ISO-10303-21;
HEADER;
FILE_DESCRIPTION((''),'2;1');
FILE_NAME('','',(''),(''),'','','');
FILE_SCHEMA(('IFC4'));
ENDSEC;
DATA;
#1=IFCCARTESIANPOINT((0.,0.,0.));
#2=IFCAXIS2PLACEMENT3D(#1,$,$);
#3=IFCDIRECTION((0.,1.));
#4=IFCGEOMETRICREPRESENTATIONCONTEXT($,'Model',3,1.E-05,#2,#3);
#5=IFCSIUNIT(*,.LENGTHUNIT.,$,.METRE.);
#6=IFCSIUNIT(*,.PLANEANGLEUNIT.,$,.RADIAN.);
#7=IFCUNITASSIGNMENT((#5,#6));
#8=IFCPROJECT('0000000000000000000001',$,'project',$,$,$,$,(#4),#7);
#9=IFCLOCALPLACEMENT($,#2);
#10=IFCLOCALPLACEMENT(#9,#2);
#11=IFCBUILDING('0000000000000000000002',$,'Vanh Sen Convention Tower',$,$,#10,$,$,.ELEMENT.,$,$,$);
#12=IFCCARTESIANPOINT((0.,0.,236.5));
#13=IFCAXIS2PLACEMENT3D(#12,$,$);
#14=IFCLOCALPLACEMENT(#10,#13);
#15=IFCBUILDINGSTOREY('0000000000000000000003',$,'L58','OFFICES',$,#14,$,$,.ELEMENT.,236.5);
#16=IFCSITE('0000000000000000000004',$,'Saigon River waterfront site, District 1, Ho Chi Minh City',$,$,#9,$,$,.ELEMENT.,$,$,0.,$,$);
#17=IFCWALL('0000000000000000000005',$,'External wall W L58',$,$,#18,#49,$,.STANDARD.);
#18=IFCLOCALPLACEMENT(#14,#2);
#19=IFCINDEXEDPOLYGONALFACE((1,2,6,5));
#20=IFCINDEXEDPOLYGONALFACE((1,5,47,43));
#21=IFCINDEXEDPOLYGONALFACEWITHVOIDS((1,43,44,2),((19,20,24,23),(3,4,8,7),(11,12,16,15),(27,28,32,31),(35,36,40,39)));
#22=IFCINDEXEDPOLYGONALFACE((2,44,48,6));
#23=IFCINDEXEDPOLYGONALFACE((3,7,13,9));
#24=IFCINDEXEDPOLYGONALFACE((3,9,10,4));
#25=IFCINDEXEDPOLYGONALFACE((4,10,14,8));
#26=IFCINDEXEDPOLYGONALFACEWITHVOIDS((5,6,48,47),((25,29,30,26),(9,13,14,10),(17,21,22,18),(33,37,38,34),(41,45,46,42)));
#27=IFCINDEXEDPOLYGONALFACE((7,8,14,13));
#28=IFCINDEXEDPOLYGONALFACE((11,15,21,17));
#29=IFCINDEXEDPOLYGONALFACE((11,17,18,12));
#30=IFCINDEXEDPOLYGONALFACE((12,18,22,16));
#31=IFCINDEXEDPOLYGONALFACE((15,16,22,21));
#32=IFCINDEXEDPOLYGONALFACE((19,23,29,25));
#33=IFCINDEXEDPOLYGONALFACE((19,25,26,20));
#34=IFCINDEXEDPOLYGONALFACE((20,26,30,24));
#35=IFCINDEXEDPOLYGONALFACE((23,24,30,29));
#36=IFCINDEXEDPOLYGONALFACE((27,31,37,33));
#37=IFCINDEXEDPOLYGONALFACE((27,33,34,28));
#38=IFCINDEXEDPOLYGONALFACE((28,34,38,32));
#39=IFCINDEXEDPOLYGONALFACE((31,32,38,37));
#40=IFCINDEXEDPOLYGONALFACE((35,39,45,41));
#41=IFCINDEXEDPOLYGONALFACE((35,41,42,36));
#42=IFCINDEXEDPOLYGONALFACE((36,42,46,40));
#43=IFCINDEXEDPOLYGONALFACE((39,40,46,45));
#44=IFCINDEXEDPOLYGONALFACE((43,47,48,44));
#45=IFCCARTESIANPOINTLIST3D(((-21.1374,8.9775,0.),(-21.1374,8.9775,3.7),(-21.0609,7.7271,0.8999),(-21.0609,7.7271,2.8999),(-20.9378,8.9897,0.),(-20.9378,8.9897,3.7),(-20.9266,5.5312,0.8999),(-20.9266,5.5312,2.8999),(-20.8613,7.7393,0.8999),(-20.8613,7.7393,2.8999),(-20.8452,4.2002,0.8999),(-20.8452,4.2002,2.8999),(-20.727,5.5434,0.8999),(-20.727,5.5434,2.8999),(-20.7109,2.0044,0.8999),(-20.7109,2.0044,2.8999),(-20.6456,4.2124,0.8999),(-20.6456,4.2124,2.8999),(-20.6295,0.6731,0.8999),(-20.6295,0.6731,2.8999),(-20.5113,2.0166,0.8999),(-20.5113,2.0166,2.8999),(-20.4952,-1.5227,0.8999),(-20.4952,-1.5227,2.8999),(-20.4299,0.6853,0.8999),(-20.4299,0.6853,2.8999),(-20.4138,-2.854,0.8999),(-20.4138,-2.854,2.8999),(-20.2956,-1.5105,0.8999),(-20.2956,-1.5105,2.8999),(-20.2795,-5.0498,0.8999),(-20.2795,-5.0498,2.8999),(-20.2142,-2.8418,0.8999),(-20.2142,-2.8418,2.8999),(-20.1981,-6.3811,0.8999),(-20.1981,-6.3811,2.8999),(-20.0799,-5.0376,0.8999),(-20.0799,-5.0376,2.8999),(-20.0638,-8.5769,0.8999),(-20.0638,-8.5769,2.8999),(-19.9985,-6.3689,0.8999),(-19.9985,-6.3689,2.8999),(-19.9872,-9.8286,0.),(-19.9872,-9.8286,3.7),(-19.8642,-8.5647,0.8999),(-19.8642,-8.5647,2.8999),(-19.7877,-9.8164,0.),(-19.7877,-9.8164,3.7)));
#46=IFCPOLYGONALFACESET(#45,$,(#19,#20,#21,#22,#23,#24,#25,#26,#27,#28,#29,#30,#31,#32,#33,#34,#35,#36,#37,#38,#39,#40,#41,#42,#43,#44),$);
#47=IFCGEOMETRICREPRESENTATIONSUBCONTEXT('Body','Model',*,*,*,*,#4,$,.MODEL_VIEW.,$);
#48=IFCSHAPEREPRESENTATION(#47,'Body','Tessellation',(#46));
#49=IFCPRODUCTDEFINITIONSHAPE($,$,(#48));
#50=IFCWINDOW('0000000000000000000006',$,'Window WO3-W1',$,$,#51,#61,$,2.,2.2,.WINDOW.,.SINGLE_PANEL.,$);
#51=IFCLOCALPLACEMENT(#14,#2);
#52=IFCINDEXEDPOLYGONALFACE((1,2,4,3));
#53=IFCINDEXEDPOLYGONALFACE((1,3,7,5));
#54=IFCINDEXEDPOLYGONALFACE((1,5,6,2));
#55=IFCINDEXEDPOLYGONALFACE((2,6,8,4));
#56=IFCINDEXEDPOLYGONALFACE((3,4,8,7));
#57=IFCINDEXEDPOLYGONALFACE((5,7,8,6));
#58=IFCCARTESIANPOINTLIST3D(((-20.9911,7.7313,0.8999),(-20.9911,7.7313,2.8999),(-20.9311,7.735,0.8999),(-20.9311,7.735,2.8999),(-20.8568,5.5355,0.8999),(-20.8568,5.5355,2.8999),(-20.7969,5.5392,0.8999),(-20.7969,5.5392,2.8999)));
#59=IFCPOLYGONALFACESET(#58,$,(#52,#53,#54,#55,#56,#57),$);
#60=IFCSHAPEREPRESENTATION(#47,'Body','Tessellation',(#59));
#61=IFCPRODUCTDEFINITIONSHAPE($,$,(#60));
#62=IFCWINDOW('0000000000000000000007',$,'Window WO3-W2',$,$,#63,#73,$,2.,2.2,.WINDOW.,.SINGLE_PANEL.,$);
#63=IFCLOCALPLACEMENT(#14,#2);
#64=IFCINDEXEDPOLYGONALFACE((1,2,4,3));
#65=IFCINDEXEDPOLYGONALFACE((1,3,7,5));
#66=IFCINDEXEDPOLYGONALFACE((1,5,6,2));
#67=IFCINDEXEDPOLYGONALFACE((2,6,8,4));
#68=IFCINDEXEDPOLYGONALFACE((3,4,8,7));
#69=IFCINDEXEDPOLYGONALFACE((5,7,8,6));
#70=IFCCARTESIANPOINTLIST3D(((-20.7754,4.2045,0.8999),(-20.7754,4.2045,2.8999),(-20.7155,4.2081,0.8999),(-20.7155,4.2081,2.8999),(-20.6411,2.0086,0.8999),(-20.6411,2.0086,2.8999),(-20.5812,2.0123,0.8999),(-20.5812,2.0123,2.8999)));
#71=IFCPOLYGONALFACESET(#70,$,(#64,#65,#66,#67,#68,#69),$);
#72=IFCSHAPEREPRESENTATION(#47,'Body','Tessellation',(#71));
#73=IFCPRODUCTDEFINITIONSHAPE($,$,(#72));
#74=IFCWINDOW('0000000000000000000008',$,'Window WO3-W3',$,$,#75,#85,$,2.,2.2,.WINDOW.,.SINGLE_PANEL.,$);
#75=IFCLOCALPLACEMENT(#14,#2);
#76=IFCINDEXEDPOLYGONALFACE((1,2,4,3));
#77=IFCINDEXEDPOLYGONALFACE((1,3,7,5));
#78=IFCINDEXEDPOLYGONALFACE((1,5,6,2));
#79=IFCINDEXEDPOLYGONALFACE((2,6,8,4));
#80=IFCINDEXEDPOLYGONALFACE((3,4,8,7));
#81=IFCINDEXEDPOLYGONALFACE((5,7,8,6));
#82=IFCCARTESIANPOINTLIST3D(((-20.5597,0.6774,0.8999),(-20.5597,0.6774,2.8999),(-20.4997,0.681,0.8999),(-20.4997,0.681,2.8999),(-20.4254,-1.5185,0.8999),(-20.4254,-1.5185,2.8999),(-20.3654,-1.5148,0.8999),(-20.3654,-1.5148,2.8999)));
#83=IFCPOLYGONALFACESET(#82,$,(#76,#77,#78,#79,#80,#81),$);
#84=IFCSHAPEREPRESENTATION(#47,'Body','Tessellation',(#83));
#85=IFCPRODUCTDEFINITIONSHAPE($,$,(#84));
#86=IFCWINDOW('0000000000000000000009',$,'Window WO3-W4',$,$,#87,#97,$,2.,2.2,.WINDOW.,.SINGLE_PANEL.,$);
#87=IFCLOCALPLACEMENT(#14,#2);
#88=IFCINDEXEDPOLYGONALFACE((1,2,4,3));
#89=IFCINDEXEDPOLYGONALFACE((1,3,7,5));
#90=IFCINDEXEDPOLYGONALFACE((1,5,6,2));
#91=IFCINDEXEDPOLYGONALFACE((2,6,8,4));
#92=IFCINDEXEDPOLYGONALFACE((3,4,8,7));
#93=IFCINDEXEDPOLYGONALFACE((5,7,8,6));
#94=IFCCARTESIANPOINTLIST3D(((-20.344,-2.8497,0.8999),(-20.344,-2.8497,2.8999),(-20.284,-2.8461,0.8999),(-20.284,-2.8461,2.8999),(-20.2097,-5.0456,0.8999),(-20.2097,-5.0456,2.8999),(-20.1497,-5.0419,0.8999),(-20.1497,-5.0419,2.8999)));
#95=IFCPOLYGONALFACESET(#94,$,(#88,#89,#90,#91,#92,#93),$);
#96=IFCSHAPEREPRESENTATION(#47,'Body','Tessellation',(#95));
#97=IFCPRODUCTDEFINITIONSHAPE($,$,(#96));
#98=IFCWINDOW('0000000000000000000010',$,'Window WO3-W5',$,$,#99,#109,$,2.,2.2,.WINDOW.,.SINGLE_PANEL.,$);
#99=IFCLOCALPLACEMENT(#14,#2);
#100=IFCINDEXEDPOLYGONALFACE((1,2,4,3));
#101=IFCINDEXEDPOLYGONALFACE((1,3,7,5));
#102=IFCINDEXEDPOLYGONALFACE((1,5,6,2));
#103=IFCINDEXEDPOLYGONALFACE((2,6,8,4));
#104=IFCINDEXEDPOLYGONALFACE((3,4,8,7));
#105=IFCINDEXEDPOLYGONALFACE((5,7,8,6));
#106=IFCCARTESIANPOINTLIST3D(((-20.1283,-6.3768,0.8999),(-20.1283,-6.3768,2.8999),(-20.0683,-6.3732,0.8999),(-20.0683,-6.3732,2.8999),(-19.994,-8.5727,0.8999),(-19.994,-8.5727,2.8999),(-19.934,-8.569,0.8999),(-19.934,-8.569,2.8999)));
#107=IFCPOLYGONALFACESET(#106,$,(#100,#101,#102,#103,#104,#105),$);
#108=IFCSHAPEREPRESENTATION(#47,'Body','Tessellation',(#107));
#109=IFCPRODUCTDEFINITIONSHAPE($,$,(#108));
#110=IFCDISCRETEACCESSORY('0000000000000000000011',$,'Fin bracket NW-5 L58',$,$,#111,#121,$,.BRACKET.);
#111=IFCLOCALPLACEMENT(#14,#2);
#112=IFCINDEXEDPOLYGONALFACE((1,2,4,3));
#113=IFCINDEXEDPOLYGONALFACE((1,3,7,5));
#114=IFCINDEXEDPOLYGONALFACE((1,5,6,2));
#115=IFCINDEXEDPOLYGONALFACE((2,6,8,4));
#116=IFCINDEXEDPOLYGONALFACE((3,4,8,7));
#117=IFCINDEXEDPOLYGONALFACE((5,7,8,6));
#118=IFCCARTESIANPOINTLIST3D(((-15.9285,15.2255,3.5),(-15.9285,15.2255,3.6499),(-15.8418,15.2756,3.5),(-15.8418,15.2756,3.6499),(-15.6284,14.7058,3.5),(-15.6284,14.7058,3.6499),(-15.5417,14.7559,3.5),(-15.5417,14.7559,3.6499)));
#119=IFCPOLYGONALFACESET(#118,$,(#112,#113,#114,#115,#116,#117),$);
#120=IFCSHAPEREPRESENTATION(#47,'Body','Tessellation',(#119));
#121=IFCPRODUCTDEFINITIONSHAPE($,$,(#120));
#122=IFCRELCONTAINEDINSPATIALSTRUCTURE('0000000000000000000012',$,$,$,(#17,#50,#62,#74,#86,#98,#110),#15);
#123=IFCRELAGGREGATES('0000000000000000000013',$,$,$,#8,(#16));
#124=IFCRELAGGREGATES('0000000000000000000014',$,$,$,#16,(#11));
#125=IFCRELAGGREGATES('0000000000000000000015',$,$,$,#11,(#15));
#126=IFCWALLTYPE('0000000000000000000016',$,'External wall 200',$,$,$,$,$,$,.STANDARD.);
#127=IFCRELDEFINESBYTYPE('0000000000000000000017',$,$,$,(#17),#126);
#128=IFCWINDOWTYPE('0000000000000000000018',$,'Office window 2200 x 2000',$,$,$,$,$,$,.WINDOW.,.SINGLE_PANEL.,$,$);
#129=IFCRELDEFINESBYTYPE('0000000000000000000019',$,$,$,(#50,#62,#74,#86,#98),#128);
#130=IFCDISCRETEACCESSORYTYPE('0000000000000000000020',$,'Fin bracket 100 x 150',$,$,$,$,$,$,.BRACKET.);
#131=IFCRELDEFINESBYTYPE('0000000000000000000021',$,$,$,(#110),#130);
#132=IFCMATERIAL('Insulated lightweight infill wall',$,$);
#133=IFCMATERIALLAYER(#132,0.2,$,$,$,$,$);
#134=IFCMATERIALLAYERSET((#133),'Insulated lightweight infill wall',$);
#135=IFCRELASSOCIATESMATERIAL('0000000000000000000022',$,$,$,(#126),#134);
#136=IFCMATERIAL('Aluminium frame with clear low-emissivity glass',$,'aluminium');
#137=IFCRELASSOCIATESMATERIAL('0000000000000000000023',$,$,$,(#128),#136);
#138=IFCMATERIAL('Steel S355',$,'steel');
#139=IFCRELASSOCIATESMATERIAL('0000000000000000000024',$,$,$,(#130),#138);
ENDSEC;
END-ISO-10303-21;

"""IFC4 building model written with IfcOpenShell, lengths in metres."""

from ifc_helpers import new_model, si_unit, direction, frame, frame_2d, origin, origin_2d, place, context, subcontext, project, spatial, rectangle, extrude, material, layer, layer_set, type_object, element, fill, save


model = new_model("IFC4")

# Units and contexts
model_context = context("Model", 3, precision=1e-05, world=origin(), true_north=direction((0.0, 1.0)))
body_context = subcontext(model_context, "Body", "Model", "MODEL_VIEW")
ifc_project = project(units=[si_unit("LENGTHUNIT", "METRE"), si_unit("PLANEANGLEUNIT", "RADIAN")], contexts=[model_context])

# Site, building, storey
site_placement = place(None, origin())
site = spatial("IfcSite", under=ifc_project, at=site_placement, Name="Saigon River waterfront site, District 1, Ho Chi Minh City", CompositionType="ELEMENT", RefElevation=0.0)
building_placement = place(site_placement, origin())
building = spatial("IfcBuilding", under=site, at=building_placement, Name="Vanh Sen Convention Tower", CompositionType="ELEMENT")
storey_placement = place(building_placement, frame((0.0, 0.0, 236.5)))
storey = spatial("IfcBuildingStorey", under=building, at=storey_placement, Name="L58", Description="OFFICES", CompositionType="ELEMENT", Elevation=236.5)

# Shared definitions
ifc_material_1 = material(Name="Insulated lightweight infill wall")
ifc_layer_1 = layer(ifc_material_1, 0.2)
ifc_layer_set_1 = layer_set([ifc_layer_1], Name="Insulated lightweight infill wall")
wall_type_1 = type_object("IfcWallType", Name="External wall 200", PredefinedType="STANDARD", material=ifc_layer_set_1)
ifc_material_2 = material(Name="Aluminium frame with clear low-emissivity glass", Category="aluminium")

# Wall, openings, windows
wall_1_placement = place(storey_placement, frame((-21.0376, 8.9836, 0.0), z_axis=(0.0, 0.0, 1.0), x_axis=(0.061044, -0.998135, 0.0)))
wall_1 = element("IfcWall", 1, at=wall_1_placement, inside=storey, type_object=wall_type_1, Name="External wall W L58", PredefinedType="STANDARD", context=body_context, shape_type="SweptSolid", body=[
    extrude(rectangle(XDim=18.8413, YDim=0.2, at=frame_2d((9.4207, 0.0))), origin(), (0.0, 0.0, 1.0), 3.7),
])
opening_1_placement = place(wall_1_placement, frame((1.2527, 0.0, 0.8999)))
opening_1 = element("IfcOpeningElement", 2, at=opening_1_placement, cuts=wall_1, PredefinedType="OPENING", context=body_context, shape_type="SweptSolid", body=[
    extrude(rectangle(XDim=2.2, YDim=2.0, at=frame_2d((1.1001, 1.0))), frame((0.0, 0.1099, 0.0), z_axis=(0.0, -1.0, 0.0), x_axis=(1.0, 0.0, 0.0)), (0.0, 0.0, 1.0), 0.22),
])
opening_2_placement = place(wall_1_placement, frame((4.7861, 0.0, 0.8999)))
opening_2 = element("IfcOpeningElement", 3, at=opening_2_placement, cuts=wall_1, PredefinedType="OPENING", context=body_context, shape_type="SweptSolid", body=[
    extrude(rectangle(XDim=2.2, YDim=2.0, at=frame_2d((1.1001, 1.0))), frame((0.0, 0.1099, 0.0), z_axis=(0.0, -1.0, 0.0), x_axis=(1.0, 0.0, 0.0)), (0.0, 0.0, 1.0), 0.22),
])
opening_3_placement = place(wall_1_placement, frame((8.3198, 0.0, 0.8999)))
opening_3 = element("IfcOpeningElement", 4, at=opening_3_placement, cuts=wall_1, PredefinedType="OPENING", context=body_context, shape_type="SweptSolid", body=[
    extrude(rectangle(XDim=2.2, YDim=2.0, at=frame_2d((1.1001, 1.0))), frame((0.0, 0.1099, 0.0), z_axis=(0.0, -1.0, 0.0), x_axis=(1.0, 0.0, 0.0)), (0.0, 0.0, 1.0), 0.22),
])
opening_4_placement = place(wall_1_placement, frame((11.8535, 0.0, 0.8999)))
opening_4 = element("IfcOpeningElement", 5, at=opening_4_placement, cuts=wall_1, PredefinedType="OPENING", context=body_context, shape_type="SweptSolid", body=[
    extrude(rectangle(XDim=2.2, YDim=2.0, at=frame_2d((1.1001, 1.0))), frame((0.0, 0.1099, 0.0), z_axis=(0.0, -1.0, 0.0), x_axis=(1.0, 0.0, 0.0)), (0.0, 0.0, 1.0), 0.22),
])
opening_5_placement = place(wall_1_placement, frame((15.3872, 0.0, 0.8999)))
opening_5 = element("IfcOpeningElement", 6, at=opening_5_placement, cuts=wall_1, PredefinedType="OPENING", context=body_context, shape_type="SweptSolid", body=[
    extrude(rectangle(XDim=2.2, YDim=2.0, at=frame_2d((1.1001, 1.0))), frame((0.0, 0.1099, 0.0), z_axis=(0.0, -1.0, 0.0), x_axis=(1.0, 0.0, 0.0)), (0.0, 0.0, 1.0), 0.22),
])
window_type_1 = type_object("IfcWindowType", Name="Office window 2200 x 2000", PartitioningType="SINGLE_PANEL", PredefinedType="WINDOW", material=ifc_material_2)
window_1_placement = place(opening_1_placement, origin())
window_1 = element("IfcWindow", 7, at=window_1_placement, inside=storey, type_object=window_type_1, Name="Window WO3-W1", OverallHeight=2.0, OverallWidth=2.2, PartitioningType="SINGLE_PANEL", PredefinedType="WINDOW", context=body_context, shape_type="SweptSolid", body=[
    extrude(rectangle(XDim=2.2, YDim=2.0, at=frame_2d((1.1001, 1.0))), frame((0.0, 0.03, 0.0), z_axis=(0.0, -1.0, 0.0), x_axis=(1.0, 0.0, 0.0)), (0.0, 0.0, 1.0), 0.0601),
])
fill(opening_1, window_1)
window_2_placement = place(opening_2_placement, origin())
window_2 = element("IfcWindow", 8, at=window_2_placement, inside=storey, type_object=window_type_1, Name="Window WO3-W2", OverallHeight=2.0, OverallWidth=2.2, PartitioningType="SINGLE_PANEL", PredefinedType="WINDOW", context=body_context, shape_type="SweptSolid", body=[
    extrude(rectangle(XDim=2.2, YDim=2.0, at=frame_2d((1.1001, 1.0))), frame((0.0, 0.03, 0.0), z_axis=(0.0, -1.0, 0.0), x_axis=(1.0, 0.0, 0.0)), (0.0, 0.0, 1.0), 0.0601),
])
fill(opening_2, window_2)
window_3_placement = place(opening_3_placement, origin())
window_3 = element("IfcWindow", 9, at=window_3_placement, inside=storey, type_object=window_type_1, Name="Window WO3-W3", OverallHeight=2.0, OverallWidth=2.2, PartitioningType="SINGLE_PANEL", PredefinedType="WINDOW", context=body_context, shape_type="SweptSolid", body=[
    extrude(rectangle(XDim=2.2, YDim=2.0, at=frame_2d((1.1001, 1.0))), frame((0.0, 0.03, 0.0), z_axis=(0.0, -1.0, 0.0), x_axis=(1.0, 0.0, 0.0)), (0.0, 0.0, 1.0), 0.0601),
])
fill(opening_3, window_3)
window_4_placement = place(opening_4_placement, origin())
window_4 = element("IfcWindow", 10, at=window_4_placement, inside=storey, type_object=window_type_1, Name="Window WO3-W4", OverallHeight=2.0, OverallWidth=2.2, PartitioningType="SINGLE_PANEL", PredefinedType="WINDOW", context=body_context, shape_type="SweptSolid", body=[
    extrude(rectangle(XDim=2.2, YDim=2.0, at=frame_2d((1.1001, 1.0))), frame((0.0, 0.03, 0.0), z_axis=(0.0, -1.0, 0.0), x_axis=(1.0, 0.0, 0.0)), (0.0, 0.0, 1.0), 0.0601),
])
fill(opening_4, window_4)
window_5_placement = place(opening_5_placement, origin())
window_5 = element("IfcWindow", 11, at=window_5_placement, inside=storey, type_object=window_type_1, Name="Window WO3-W5", OverallHeight=2.0, OverallWidth=2.2, PartitioningType="SINGLE_PANEL", PredefinedType="WINDOW", context=body_context, shape_type="SweptSolid", body=[
    extrude(rectangle(XDim=2.2, YDim=2.0, at=frame_2d((1.1001, 1.0))), frame((0.0, 0.03, 0.0), z_axis=(0.0, -1.0, 0.0), x_axis=(1.0, 0.0, 0.0)), (0.0, 0.0, 1.0), 0.0601),
])
fill(opening_5, window_5)

# Discrete accessory
ifc_material_3 = material(Name="Steel S355", Category="steel")
discrete_accessory_type = type_object("IfcDiscreteAccessoryType", Name="Fin bracket 100 x 150", PredefinedType="BRACKET", material=ifc_material_3)
discrete_accessory_placement = place(storey_placement, frame((-15.7351, 14.9907, 3.5), z_axis=(0.0, 0.0, 1.0), x_axis=(-0.5, 0.866025, 0.0)))
element("IfcDiscreteAccessory", 12, at=discrete_accessory_placement, inside=storey, type_object=discrete_accessory_type, Name="Fin bracket NW-5 L58", PredefinedType="BRACKET", context=body_context, shape_type="SweptSolid", body=[
    extrude(rectangle(XDim=0.6001, YDim=0.1001, at=origin_2d()), origin(), (0.0, 0.0, 1.0), 0.1499),
])

save(model, "model.ifc")
